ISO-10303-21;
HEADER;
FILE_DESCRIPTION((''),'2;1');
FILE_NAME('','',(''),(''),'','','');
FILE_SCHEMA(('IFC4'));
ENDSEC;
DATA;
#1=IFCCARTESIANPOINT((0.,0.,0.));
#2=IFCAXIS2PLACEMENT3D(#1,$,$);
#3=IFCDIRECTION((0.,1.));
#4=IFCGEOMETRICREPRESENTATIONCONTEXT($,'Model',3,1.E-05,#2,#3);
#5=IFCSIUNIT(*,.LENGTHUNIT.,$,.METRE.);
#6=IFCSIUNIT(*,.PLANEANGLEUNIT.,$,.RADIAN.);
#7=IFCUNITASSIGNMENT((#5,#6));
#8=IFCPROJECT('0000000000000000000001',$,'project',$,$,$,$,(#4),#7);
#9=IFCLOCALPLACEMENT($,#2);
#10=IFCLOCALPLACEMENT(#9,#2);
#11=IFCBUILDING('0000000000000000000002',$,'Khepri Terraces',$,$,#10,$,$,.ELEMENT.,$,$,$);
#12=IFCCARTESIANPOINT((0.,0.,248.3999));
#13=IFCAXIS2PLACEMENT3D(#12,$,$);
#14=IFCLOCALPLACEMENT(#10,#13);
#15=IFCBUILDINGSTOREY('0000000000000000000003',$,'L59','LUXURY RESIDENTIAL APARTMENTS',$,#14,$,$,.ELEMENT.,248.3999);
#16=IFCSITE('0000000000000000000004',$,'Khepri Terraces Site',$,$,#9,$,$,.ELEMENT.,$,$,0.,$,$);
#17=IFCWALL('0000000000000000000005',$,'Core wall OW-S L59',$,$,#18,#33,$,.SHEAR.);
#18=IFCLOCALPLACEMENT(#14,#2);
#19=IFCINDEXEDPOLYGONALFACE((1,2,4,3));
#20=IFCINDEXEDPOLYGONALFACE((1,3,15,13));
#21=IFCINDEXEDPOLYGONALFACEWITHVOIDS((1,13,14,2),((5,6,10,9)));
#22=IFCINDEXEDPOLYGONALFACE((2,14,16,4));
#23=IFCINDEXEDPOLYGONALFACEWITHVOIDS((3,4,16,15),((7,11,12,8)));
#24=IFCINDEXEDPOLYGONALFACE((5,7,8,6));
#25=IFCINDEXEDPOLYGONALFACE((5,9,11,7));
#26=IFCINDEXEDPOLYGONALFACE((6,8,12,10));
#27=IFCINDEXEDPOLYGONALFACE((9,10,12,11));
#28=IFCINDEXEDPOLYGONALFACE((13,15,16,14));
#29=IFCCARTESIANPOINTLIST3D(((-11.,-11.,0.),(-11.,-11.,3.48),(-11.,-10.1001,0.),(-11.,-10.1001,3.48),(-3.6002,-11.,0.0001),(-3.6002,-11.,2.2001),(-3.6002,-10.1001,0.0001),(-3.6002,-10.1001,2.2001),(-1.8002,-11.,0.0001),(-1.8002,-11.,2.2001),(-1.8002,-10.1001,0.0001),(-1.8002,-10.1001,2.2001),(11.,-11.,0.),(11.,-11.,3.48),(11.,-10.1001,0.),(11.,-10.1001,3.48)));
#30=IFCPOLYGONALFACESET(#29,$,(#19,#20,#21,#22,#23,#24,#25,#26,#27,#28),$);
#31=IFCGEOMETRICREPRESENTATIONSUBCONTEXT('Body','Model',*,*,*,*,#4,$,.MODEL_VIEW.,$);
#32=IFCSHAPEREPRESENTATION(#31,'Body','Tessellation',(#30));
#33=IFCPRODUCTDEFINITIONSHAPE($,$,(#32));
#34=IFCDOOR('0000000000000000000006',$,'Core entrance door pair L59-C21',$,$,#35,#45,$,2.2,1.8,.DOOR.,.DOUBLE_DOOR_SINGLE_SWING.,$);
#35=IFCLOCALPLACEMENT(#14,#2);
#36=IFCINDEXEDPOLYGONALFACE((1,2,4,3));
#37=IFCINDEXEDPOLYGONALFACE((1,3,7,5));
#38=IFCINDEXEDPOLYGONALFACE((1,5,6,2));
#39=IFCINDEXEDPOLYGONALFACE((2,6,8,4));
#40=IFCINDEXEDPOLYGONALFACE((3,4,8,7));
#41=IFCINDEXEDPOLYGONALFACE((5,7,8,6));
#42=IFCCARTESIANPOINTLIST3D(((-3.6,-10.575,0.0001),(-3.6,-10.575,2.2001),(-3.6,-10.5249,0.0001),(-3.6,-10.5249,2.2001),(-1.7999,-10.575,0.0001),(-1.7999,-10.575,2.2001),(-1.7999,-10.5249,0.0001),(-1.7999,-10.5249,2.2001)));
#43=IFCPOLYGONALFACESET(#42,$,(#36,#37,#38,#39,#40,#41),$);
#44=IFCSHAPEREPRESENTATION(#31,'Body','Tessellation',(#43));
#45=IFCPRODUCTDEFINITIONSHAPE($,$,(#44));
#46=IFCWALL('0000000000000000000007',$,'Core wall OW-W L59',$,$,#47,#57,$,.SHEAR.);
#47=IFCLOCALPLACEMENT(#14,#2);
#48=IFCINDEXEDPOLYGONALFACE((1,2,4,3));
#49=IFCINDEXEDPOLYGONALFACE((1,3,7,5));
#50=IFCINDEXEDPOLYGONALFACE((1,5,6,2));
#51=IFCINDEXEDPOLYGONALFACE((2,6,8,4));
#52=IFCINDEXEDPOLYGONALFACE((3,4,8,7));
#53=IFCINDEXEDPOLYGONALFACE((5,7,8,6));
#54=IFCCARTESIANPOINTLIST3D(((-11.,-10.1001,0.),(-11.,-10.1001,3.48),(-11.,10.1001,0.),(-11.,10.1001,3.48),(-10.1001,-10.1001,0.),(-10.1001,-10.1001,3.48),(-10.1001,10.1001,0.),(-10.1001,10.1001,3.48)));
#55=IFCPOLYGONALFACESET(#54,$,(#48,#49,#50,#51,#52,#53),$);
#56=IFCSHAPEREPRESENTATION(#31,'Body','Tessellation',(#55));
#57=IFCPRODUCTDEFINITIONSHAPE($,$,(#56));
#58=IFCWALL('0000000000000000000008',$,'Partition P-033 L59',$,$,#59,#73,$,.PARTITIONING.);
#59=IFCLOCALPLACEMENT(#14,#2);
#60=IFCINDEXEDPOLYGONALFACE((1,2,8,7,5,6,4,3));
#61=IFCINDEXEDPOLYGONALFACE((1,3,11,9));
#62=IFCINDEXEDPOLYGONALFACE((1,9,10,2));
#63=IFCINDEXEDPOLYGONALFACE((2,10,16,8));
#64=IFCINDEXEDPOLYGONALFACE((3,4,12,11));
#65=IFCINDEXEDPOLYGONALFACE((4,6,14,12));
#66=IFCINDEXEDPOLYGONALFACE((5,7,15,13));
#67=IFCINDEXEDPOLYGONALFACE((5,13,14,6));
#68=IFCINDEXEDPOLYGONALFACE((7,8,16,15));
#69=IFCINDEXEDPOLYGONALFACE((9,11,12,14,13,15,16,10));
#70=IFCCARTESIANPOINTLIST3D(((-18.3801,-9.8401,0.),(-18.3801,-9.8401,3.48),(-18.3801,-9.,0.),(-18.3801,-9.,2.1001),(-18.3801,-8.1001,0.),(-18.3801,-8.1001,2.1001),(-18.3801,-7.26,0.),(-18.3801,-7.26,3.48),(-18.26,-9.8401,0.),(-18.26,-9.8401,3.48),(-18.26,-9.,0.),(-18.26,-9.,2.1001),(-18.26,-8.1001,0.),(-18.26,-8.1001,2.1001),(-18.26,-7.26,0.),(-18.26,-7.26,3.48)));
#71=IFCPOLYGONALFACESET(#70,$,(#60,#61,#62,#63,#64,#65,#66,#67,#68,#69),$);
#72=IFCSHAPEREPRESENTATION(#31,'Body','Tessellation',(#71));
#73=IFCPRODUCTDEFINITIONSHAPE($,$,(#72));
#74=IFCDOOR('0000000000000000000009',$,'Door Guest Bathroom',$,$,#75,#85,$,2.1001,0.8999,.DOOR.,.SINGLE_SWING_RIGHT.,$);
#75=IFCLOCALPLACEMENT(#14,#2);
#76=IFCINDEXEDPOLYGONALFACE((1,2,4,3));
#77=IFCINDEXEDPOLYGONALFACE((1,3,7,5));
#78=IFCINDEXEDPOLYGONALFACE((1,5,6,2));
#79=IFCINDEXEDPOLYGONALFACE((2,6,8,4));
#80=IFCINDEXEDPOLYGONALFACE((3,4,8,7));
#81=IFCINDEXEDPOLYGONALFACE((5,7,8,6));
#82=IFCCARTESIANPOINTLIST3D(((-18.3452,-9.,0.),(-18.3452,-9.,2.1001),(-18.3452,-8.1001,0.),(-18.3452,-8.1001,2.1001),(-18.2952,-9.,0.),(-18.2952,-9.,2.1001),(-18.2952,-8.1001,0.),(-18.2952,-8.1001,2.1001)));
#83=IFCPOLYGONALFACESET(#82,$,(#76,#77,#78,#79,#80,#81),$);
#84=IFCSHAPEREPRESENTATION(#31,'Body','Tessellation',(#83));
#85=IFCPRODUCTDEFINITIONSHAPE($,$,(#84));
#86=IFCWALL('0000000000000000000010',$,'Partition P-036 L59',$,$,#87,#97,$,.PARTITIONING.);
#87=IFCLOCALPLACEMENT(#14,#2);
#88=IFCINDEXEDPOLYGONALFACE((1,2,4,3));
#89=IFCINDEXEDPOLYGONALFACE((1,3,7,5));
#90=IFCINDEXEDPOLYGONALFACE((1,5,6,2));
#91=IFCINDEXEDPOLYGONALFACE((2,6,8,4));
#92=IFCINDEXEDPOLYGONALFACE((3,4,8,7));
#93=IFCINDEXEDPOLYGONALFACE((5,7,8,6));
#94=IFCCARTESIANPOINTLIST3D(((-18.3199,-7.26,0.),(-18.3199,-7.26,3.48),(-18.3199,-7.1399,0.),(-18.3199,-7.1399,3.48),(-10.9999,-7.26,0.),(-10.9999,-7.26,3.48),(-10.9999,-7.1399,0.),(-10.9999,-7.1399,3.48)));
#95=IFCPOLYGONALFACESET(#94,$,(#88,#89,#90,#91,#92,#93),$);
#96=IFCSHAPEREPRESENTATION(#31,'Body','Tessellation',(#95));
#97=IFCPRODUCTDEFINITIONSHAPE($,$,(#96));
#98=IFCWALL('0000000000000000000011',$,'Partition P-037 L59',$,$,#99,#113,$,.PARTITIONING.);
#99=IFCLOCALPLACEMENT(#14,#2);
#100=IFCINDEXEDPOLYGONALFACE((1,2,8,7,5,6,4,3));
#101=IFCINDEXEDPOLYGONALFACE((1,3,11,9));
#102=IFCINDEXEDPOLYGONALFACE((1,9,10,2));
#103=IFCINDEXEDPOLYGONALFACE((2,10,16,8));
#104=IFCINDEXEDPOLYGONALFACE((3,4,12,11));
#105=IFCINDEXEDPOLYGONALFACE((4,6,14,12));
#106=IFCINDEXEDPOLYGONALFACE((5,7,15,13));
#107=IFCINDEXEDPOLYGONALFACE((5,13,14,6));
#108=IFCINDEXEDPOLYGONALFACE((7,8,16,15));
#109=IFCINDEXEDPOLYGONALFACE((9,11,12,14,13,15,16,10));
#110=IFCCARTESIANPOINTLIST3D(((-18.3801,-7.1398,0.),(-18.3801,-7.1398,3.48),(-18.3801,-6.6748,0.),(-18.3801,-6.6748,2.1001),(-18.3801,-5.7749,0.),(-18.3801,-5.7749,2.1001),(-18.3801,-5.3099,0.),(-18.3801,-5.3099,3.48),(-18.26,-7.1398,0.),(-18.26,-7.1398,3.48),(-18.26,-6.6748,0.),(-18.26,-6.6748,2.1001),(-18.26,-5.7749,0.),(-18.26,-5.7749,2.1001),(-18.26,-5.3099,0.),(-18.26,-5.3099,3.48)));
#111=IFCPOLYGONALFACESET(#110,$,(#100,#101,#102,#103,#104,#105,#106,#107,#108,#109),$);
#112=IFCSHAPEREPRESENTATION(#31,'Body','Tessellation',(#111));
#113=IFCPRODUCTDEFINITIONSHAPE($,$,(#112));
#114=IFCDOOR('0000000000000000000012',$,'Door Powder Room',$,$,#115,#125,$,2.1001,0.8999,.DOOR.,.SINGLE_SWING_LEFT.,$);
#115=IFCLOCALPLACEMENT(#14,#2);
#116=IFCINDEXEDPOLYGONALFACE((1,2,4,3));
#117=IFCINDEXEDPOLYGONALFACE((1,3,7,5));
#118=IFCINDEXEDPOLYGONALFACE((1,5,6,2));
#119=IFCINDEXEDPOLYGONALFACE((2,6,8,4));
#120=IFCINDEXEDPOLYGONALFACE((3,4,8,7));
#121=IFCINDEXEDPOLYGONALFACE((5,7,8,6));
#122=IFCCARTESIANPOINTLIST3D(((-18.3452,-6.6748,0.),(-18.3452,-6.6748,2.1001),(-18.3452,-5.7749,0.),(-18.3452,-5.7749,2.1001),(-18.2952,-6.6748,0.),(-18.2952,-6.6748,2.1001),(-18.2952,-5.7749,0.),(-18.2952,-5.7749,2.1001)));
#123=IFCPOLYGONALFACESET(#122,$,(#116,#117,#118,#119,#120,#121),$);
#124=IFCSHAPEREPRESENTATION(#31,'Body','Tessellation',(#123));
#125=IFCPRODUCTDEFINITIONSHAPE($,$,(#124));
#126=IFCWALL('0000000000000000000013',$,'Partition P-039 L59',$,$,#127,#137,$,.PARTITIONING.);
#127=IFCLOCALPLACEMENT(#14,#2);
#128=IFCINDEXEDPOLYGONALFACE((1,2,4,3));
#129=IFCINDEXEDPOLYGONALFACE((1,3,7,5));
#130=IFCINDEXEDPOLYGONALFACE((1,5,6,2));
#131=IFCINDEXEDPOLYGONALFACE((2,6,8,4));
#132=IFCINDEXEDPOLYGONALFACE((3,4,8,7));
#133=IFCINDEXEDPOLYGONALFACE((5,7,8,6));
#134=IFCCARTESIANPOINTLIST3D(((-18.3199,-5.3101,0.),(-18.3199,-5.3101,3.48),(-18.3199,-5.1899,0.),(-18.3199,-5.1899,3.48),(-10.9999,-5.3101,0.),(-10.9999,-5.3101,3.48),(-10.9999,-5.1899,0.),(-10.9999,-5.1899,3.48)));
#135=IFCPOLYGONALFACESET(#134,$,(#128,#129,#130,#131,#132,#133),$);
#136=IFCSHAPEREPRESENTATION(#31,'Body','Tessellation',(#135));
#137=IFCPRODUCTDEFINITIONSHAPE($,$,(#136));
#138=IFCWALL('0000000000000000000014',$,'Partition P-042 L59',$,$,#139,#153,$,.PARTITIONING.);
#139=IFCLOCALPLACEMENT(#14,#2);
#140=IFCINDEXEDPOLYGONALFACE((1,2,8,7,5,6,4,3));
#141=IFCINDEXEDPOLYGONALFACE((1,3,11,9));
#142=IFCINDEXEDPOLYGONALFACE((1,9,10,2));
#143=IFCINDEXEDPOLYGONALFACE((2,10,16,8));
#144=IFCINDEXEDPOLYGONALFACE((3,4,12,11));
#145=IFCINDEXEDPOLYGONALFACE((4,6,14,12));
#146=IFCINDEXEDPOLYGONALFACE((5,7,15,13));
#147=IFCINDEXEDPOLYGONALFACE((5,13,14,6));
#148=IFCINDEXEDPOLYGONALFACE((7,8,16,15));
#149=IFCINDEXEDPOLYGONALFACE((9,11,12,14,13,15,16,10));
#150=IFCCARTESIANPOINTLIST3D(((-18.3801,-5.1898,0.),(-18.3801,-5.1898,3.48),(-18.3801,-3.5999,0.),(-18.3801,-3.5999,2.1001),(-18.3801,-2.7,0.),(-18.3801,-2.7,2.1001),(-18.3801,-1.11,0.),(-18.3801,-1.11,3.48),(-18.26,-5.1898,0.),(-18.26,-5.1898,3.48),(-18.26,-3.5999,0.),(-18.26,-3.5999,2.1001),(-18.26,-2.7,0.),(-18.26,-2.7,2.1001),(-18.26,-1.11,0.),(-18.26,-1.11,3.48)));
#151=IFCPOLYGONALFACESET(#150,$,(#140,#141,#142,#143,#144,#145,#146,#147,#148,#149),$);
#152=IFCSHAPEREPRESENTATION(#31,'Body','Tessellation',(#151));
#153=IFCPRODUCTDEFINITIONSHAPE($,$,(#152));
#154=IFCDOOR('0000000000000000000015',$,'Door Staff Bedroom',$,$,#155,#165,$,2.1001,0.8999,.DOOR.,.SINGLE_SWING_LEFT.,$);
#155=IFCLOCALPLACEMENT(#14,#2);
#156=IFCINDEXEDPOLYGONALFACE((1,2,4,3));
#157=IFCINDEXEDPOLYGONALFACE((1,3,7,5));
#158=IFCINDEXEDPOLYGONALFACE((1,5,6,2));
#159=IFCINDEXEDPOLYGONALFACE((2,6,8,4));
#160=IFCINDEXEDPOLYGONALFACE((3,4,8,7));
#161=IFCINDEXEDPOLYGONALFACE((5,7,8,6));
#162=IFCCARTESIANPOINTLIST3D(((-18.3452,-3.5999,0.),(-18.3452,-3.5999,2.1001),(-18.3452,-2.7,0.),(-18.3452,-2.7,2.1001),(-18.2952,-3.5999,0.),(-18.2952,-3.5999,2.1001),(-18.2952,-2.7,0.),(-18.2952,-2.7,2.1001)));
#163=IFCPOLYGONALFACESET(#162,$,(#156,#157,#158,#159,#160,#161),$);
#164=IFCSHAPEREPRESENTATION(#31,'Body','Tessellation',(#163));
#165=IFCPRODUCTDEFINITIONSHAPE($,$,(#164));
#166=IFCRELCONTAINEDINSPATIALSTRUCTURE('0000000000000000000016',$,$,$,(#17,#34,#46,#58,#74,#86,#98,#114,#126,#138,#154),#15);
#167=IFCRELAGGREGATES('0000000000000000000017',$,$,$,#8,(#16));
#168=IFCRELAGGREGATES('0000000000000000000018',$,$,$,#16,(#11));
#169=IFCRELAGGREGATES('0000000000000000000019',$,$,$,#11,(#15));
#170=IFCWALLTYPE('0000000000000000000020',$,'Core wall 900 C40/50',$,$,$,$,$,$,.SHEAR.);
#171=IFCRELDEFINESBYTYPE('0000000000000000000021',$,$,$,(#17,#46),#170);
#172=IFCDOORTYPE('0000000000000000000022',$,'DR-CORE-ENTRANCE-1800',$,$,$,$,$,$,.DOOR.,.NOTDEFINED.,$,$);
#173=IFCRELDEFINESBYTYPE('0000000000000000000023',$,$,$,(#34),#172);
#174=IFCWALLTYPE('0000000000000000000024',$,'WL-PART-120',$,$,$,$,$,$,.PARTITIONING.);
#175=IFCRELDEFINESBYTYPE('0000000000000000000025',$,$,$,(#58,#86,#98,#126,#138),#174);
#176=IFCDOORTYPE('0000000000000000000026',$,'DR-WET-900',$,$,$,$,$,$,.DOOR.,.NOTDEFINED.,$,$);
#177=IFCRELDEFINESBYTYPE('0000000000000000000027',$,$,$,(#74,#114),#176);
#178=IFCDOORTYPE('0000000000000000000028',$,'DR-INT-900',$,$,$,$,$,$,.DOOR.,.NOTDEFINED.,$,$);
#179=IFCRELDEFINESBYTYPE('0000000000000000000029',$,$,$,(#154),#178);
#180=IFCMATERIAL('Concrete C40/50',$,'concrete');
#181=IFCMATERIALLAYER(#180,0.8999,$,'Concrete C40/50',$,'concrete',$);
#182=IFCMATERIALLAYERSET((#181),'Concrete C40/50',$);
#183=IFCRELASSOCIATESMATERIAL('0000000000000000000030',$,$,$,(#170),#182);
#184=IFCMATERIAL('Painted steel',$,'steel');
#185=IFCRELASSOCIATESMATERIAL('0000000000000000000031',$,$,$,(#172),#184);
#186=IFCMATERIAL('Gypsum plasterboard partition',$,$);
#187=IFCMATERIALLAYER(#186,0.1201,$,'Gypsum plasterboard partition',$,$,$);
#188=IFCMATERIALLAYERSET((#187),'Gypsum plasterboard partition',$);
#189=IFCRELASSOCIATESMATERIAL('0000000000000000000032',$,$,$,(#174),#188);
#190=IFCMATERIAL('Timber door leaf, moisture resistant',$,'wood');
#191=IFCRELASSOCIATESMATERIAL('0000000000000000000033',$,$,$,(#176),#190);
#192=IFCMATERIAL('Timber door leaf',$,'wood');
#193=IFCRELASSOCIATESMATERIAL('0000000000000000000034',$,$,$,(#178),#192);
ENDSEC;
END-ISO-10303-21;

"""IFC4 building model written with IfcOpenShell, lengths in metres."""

from ifc_helpers import new_model, si_unit, direction, frame, frame_2d, origin, place, context, subcontext, project, spatial, rectangle, extrude, material, layer, layer_set, type_object, element, fill, save


model = new_model("IFC4")

# Units and contexts
model_context = context("Model", 3, precision=1e-05, world=origin(), true_north=direction((0.0, 1.0)))
body_context = subcontext(model_context, "Body", "Model", "MODEL_VIEW")
ifc_project = project(units=[si_unit("LENGTHUNIT", "METRE"), si_unit("PLANEANGLEUNIT", "RADIAN")], contexts=[model_context])

# Site, building, storey
site_placement = place(None, origin())
site = spatial("IfcSite", under=ifc_project, at=site_placement, Name="Khepri Terraces Site", CompositionType="ELEMENT", RefElevation=0.0)
building_placement = place(site_placement, origin())
building = spatial("IfcBuilding", under=site, at=building_placement, Name="Khepri Terraces", CompositionType="ELEMENT")
storey_placement = place(building_placement, frame((0.0, 0.0, 248.3999)))
storey = spatial("IfcBuildingStorey", under=building, at=storey_placement, Name="L59", Description="LUXURY RESIDENTIAL APARTMENTS", CompositionType="ELEMENT", Elevation=248.3999)

# Wall, opening, door
ifc_material_1 = material(Name="Concrete C40/50", Category="concrete")
ifc_layer_1 = layer(ifc_material_1, 0.8999, Name="Concrete C40/50", Category="concrete")
ifc_layer_set_1 = layer_set([ifc_layer_1], Name="Concrete C40/50")
wall_type_1 = type_object("IfcWallType", Name="Core wall 900 C40/50", PredefinedType="SHEAR", material=ifc_layer_set_1)
wall_1_placement = place(storey_placement, frame((-11.0, -10.55, 0.0), z_axis=(0.0, 0.0, 1.0), x_axis=(1.0, 0.0, 0.0)))
wall_1 = element("IfcWall", 1, at=wall_1_placement, inside=storey, type_object=wall_type_1, Name="Core wall OW-S L59", PredefinedType="SHEAR", context=body_context, shape_type="SweptSolid", body=[
    extrude(rectangle(XDim=22.0, YDim=0.8999, at=frame_2d((11.0, 0.0))), origin(), (0.0, 0.0, 1.0), 3.48),
])
opening_1_placement = place(wall_1_placement, frame((7.3999, 0.0, 0.0)))
opening_1 = element("IfcOpeningElement", 2, at=opening_1_placement, cuts=wall_1, PredefinedType="OPENING", context=body_context, shape_type="SweptSolid", body=[
    extrude(rectangle(XDim=1.8, YDim=2.2, at=frame_2d((0.8999, 1.1001))), frame((0.0, 0.46, 0.0), z_axis=(0.0, -1.0, 0.0), x_axis=(1.0, 0.0, 0.0)), (0.0, 0.0, 1.0), 0.9199),
])
ifc_material_2 = material(Name="Painted steel", Category="steel")
door_type_1 = type_object("IfcDoorType", Name="DR-CORE-ENTRANCE-1800", OperationType="NOTDEFINED", PredefinedType="DOOR", material=ifc_material_2)
door_1_placement = place(opening_1_placement, frame((1.8, 0.0, 0.0), z_axis=(0.0, 0.0, 1.0), x_axis=(-1.0, 0.0, 0.0)))
door_1 = element("IfcDoor", 3, at=door_1_placement, inside=storey, type_object=door_type_1, Name="Core entrance door pair L59-C21", OperationType="DOUBLE_DOOR_SINGLE_SWING", OverallHeight=2.2, OverallWidth=1.8, PredefinedType="DOOR", context=body_context, shape_type="SweptSolid", body=[
    extrude(rectangle(XDim=1.8, YDim=2.2, at=frame_2d((0.8999, 1.1001))), frame((0.0, 0.0249, 0.0), z_axis=(0.0, -1.0, 0.0), x_axis=(1.0, 0.0, 0.0)), (0.0, 0.0, 1.0), 0.05),
])
fill(opening_1, door_1)

# Wall
wall_2_placement = place(storey_placement, frame((-10.55, -10.1001, 0.0), z_axis=(0.0, 0.0, 1.0), x_axis=(0.0, 1.0, 0.0)))
element("IfcWall", 4, at=wall_2_placement, inside=storey, type_object=wall_type_1, Name="Core wall OW-W L59", PredefinedType="SHEAR", context=body_context, shape_type="SweptSolid", body=[
    extrude(rectangle(XDim=20.2002, YDim=0.8999, at=frame_2d((10.1001, 0.0))), origin(), (0.0, 0.0, 1.0), 3.48),
])

# Wall, opening, door
ifc_material_3 = material(Name="Gypsum plasterboard partition")
ifc_layer_2 = layer(ifc_material_3, 0.1201, Name="Gypsum plasterboard partition")
ifc_layer_set_2 = layer_set([ifc_layer_2], Name="Gypsum plasterboard partition")
wall_type_2 = type_object("IfcWallType", Name="WL-PART-120", PredefinedType="PARTITIONING", material=ifc_layer_set_2)
wall_3_placement = place(storey_placement, frame((-18.3201, -9.8401, 0.0), z_axis=(0.0, 0.0, 1.0), x_axis=(0.0, 1.0, 0.0)))
wall_3 = element("IfcWall", 5, at=wall_3_placement, inside=storey, type_object=wall_type_2, Name="Partition P-033 L59", PredefinedType="PARTITIONING", context=body_context, shape_type="SweptSolid", body=[
    extrude(rectangle(XDim=2.5801, YDim=0.1201, at=frame_2d((1.29, 0.0))), origin(), (0.0, 0.0, 1.0), 3.48),
])
opening_2_placement = place(wall_3_placement, frame((0.8401, 0.0, 0.0)))
opening_2 = element("IfcOpeningElement", 6, at=opening_2_placement, cuts=wall_3, PredefinedType="OPENING", context=body_context, shape_type="SweptSolid", body=[
    extrude(rectangle(XDim=0.8999, YDim=2.1001, at=frame_2d((0.45, 1.05))), frame((0.0, 0.0701, 0.0), z_axis=(0.0, -1.0, 0.0), x_axis=(1.0, 0.0, 0.0)), (0.0, 0.0, 1.0), 0.1401),
])
ifc_material_4 = material(Name="Timber door leaf, moisture resistant", Category="wood")
door_type_2 = type_object("IfcDoorType", Name="DR-WET-900", OperationType="NOTDEFINED", PredefinedType="DOOR", material=ifc_material_4)
door_2_placement = place(opening_2_placement, frame((0.8999, 0.0, 0.0), z_axis=(0.0, 0.0, 1.0), x_axis=(-1.0, 0.0, 0.0)))
door_2 = element("IfcDoor", 7, at=door_2_placement, inside=storey, type_object=door_type_2, Name="Door Guest Bathroom", OperationType="SINGLE_SWING_RIGHT", OverallHeight=2.1001, OverallWidth=0.8999, PredefinedType="DOOR", context=body_context, shape_type="SweptSolid", body=[
    extrude(rectangle(XDim=0.8999, YDim=2.1001, at=frame_2d((0.45, 1.05))), frame((0.0, 0.0249, 0.0), z_axis=(0.0, -1.0, 0.0), x_axis=(1.0, 0.0, 0.0)), (0.0, 0.0, 1.0), 0.05),
])
fill(opening_2, door_2)

# Wall
wall_4_placement = place(storey_placement, frame((-18.3201, -7.2, 0.0), z_axis=(0.0, 0.0, 1.0), x_axis=(1.0, 0.0, 0.0)))
element("IfcWall", 8, at=wall_4_placement, inside=storey, type_object=wall_type_2, Name="Partition P-036 L59", PredefinedType="PARTITIONING", context=body_context, shape_type="SweptSolid", body=[
    extrude(rectangle(XDim=7.3201, YDim=0.1201, at=frame_2d((3.6602, 0.0))), origin(), (0.0, 0.0, 1.0), 3.48),
])

# Wall, opening, door
wall_5_placement = place(storey_placement, frame((-18.3201, -7.1399, 0.0), z_axis=(0.0, 0.0, 1.0), x_axis=(0.0, 1.0, 0.0)))
wall_5 = element("IfcWall", 9, at=wall_5_placement, inside=storey, type_object=wall_type_2, Name="Partition P-037 L59", PredefinedType="PARTITIONING", context=body_context, shape_type="SweptSolid", body=[
    extrude(rectangle(XDim=1.8298, YDim=0.1201, at=frame_2d((0.915, 0.0))), origin(), (0.0, 0.0, 1.0), 3.48),
])
opening_3_placement = place(wall_5_placement, frame((0.4651, 0.0, 0.0)))
opening_3 = element("IfcOpeningElement", 10, at=opening_3_placement, cuts=wall_5, PredefinedType="OPENING", context=body_context, shape_type="SweptSolid", body=[
    extrude(rectangle(XDim=0.8999, YDim=2.1001, at=frame_2d((0.45, 1.05))), frame((0.0, 0.0701, 0.0), z_axis=(0.0, -1.0, 0.0), x_axis=(1.0, 0.0, 0.0)), (0.0, 0.0, 1.0), 0.1401),
])
door_3_placement = place(opening_3_placement, frame((0.8999, 0.0, 0.0), z_axis=(0.0, 0.0, 1.0), x_axis=(-1.0, 0.0, 0.0)))
door_3 = element("IfcDoor", 11, at=door_3_placement, inside=storey, type_object=door_type_2, Name="Door Powder Room", OperationType="SINGLE_SWING_LEFT", OverallHeight=2.1001, OverallWidth=0.8999, PredefinedType="DOOR", context=body_context, shape_type="SweptSolid", body=[
    extrude(rectangle(XDim=0.8999, YDim=2.1001, at=frame_2d((0.45, 1.05))), frame((0.0, 0.0249, 0.0), z_axis=(0.0, -1.0, 0.0), x_axis=(1.0, 0.0, 0.0)), (0.0, 0.0, 1.0), 0.05),
])
fill(opening_3, door_3)

# Wall
wall_6_placement = place(storey_placement, frame((-18.3201, -5.25, 0.0), z_axis=(0.0, 0.0, 1.0), x_axis=(1.0, 0.0, 0.0)))
element("IfcWall", 12, at=wall_6_placement, inside=storey, type_object=wall_type_2, Name="Partition P-039 L59", PredefinedType="PARTITIONING", context=body_context, shape_type="SweptSolid", body=[
    extrude(rectangle(XDim=7.3201, YDim=0.1201, at=frame_2d((3.6602, 0.0))), origin(), (0.0, 0.0, 1.0), 3.48),
])

# Wall, opening, door
wall_7_placement = place(storey_placement, frame((-18.3201, -5.1899, 0.0), z_axis=(0.0, 0.0, 1.0), x_axis=(0.0, 1.0, 0.0)))
wall_7 = element("IfcWall", 13, at=wall_7_placement, inside=storey, type_object=wall_type_2, Name="Partition P-042 L59", PredefinedType="PARTITIONING", context=body_context, shape_type="SweptSolid", body=[
    extrude(rectangle(XDim=4.0798, YDim=0.1201, at=frame_2d((2.04, 0.0))), origin(), (0.0, 0.0, 1.0), 3.48),
])
opening_4_placement = place(wall_7_placement, frame((1.5901, 0.0, 0.0)))
opening_4 = element("IfcOpeningElement", 14, at=opening_4_placement, cuts=wall_7, PredefinedType="OPENING", context=body_context, shape_type="SweptSolid", body=[
    extrude(rectangle(XDim=0.8999, YDim=2.1001, at=frame_2d((0.45, 1.05))), frame((0.0, 0.0701, 0.0), z_axis=(0.0, -1.0, 0.0), x_axis=(1.0, 0.0, 0.0)), (0.0, 0.0, 1.0), 0.1401),
])
ifc_material_5 = material(Name="Timber door leaf", Category="wood")
door_type_3 = type_object("IfcDoorType", Name="DR-INT-900", OperationType="NOTDEFINED", PredefinedType="DOOR", material=ifc_material_5)
door_4_placement = place(opening_4_placement, frame((0.8999, 0.0, 0.0), z_axis=(0.0, 0.0, 1.0), x_axis=(-1.0, 0.0, 0.0)))
door_4 = element("IfcDoor", 15, at=door_4_placement, inside=storey, type_object=door_type_3, Name="Door Staff Bedroom", OperationType="SINGLE_SWING_LEFT", OverallHeight=2.1001, OverallWidth=0.8999, PredefinedType="DOOR", context=body_context, shape_type="SweptSolid", body=[
    extrude(rectangle(XDim=0.8999, YDim=2.1001, at=frame_2d((0.45, 1.05))), frame((0.0, 0.0249, 0.0), z_axis=(0.0, -1.0, 0.0), x_axis=(1.0, 0.0, 0.0)), (0.0, 0.0, 1.0), 0.05),
])
fill(opening_4, door_4)

save(model, "model.ifc")
